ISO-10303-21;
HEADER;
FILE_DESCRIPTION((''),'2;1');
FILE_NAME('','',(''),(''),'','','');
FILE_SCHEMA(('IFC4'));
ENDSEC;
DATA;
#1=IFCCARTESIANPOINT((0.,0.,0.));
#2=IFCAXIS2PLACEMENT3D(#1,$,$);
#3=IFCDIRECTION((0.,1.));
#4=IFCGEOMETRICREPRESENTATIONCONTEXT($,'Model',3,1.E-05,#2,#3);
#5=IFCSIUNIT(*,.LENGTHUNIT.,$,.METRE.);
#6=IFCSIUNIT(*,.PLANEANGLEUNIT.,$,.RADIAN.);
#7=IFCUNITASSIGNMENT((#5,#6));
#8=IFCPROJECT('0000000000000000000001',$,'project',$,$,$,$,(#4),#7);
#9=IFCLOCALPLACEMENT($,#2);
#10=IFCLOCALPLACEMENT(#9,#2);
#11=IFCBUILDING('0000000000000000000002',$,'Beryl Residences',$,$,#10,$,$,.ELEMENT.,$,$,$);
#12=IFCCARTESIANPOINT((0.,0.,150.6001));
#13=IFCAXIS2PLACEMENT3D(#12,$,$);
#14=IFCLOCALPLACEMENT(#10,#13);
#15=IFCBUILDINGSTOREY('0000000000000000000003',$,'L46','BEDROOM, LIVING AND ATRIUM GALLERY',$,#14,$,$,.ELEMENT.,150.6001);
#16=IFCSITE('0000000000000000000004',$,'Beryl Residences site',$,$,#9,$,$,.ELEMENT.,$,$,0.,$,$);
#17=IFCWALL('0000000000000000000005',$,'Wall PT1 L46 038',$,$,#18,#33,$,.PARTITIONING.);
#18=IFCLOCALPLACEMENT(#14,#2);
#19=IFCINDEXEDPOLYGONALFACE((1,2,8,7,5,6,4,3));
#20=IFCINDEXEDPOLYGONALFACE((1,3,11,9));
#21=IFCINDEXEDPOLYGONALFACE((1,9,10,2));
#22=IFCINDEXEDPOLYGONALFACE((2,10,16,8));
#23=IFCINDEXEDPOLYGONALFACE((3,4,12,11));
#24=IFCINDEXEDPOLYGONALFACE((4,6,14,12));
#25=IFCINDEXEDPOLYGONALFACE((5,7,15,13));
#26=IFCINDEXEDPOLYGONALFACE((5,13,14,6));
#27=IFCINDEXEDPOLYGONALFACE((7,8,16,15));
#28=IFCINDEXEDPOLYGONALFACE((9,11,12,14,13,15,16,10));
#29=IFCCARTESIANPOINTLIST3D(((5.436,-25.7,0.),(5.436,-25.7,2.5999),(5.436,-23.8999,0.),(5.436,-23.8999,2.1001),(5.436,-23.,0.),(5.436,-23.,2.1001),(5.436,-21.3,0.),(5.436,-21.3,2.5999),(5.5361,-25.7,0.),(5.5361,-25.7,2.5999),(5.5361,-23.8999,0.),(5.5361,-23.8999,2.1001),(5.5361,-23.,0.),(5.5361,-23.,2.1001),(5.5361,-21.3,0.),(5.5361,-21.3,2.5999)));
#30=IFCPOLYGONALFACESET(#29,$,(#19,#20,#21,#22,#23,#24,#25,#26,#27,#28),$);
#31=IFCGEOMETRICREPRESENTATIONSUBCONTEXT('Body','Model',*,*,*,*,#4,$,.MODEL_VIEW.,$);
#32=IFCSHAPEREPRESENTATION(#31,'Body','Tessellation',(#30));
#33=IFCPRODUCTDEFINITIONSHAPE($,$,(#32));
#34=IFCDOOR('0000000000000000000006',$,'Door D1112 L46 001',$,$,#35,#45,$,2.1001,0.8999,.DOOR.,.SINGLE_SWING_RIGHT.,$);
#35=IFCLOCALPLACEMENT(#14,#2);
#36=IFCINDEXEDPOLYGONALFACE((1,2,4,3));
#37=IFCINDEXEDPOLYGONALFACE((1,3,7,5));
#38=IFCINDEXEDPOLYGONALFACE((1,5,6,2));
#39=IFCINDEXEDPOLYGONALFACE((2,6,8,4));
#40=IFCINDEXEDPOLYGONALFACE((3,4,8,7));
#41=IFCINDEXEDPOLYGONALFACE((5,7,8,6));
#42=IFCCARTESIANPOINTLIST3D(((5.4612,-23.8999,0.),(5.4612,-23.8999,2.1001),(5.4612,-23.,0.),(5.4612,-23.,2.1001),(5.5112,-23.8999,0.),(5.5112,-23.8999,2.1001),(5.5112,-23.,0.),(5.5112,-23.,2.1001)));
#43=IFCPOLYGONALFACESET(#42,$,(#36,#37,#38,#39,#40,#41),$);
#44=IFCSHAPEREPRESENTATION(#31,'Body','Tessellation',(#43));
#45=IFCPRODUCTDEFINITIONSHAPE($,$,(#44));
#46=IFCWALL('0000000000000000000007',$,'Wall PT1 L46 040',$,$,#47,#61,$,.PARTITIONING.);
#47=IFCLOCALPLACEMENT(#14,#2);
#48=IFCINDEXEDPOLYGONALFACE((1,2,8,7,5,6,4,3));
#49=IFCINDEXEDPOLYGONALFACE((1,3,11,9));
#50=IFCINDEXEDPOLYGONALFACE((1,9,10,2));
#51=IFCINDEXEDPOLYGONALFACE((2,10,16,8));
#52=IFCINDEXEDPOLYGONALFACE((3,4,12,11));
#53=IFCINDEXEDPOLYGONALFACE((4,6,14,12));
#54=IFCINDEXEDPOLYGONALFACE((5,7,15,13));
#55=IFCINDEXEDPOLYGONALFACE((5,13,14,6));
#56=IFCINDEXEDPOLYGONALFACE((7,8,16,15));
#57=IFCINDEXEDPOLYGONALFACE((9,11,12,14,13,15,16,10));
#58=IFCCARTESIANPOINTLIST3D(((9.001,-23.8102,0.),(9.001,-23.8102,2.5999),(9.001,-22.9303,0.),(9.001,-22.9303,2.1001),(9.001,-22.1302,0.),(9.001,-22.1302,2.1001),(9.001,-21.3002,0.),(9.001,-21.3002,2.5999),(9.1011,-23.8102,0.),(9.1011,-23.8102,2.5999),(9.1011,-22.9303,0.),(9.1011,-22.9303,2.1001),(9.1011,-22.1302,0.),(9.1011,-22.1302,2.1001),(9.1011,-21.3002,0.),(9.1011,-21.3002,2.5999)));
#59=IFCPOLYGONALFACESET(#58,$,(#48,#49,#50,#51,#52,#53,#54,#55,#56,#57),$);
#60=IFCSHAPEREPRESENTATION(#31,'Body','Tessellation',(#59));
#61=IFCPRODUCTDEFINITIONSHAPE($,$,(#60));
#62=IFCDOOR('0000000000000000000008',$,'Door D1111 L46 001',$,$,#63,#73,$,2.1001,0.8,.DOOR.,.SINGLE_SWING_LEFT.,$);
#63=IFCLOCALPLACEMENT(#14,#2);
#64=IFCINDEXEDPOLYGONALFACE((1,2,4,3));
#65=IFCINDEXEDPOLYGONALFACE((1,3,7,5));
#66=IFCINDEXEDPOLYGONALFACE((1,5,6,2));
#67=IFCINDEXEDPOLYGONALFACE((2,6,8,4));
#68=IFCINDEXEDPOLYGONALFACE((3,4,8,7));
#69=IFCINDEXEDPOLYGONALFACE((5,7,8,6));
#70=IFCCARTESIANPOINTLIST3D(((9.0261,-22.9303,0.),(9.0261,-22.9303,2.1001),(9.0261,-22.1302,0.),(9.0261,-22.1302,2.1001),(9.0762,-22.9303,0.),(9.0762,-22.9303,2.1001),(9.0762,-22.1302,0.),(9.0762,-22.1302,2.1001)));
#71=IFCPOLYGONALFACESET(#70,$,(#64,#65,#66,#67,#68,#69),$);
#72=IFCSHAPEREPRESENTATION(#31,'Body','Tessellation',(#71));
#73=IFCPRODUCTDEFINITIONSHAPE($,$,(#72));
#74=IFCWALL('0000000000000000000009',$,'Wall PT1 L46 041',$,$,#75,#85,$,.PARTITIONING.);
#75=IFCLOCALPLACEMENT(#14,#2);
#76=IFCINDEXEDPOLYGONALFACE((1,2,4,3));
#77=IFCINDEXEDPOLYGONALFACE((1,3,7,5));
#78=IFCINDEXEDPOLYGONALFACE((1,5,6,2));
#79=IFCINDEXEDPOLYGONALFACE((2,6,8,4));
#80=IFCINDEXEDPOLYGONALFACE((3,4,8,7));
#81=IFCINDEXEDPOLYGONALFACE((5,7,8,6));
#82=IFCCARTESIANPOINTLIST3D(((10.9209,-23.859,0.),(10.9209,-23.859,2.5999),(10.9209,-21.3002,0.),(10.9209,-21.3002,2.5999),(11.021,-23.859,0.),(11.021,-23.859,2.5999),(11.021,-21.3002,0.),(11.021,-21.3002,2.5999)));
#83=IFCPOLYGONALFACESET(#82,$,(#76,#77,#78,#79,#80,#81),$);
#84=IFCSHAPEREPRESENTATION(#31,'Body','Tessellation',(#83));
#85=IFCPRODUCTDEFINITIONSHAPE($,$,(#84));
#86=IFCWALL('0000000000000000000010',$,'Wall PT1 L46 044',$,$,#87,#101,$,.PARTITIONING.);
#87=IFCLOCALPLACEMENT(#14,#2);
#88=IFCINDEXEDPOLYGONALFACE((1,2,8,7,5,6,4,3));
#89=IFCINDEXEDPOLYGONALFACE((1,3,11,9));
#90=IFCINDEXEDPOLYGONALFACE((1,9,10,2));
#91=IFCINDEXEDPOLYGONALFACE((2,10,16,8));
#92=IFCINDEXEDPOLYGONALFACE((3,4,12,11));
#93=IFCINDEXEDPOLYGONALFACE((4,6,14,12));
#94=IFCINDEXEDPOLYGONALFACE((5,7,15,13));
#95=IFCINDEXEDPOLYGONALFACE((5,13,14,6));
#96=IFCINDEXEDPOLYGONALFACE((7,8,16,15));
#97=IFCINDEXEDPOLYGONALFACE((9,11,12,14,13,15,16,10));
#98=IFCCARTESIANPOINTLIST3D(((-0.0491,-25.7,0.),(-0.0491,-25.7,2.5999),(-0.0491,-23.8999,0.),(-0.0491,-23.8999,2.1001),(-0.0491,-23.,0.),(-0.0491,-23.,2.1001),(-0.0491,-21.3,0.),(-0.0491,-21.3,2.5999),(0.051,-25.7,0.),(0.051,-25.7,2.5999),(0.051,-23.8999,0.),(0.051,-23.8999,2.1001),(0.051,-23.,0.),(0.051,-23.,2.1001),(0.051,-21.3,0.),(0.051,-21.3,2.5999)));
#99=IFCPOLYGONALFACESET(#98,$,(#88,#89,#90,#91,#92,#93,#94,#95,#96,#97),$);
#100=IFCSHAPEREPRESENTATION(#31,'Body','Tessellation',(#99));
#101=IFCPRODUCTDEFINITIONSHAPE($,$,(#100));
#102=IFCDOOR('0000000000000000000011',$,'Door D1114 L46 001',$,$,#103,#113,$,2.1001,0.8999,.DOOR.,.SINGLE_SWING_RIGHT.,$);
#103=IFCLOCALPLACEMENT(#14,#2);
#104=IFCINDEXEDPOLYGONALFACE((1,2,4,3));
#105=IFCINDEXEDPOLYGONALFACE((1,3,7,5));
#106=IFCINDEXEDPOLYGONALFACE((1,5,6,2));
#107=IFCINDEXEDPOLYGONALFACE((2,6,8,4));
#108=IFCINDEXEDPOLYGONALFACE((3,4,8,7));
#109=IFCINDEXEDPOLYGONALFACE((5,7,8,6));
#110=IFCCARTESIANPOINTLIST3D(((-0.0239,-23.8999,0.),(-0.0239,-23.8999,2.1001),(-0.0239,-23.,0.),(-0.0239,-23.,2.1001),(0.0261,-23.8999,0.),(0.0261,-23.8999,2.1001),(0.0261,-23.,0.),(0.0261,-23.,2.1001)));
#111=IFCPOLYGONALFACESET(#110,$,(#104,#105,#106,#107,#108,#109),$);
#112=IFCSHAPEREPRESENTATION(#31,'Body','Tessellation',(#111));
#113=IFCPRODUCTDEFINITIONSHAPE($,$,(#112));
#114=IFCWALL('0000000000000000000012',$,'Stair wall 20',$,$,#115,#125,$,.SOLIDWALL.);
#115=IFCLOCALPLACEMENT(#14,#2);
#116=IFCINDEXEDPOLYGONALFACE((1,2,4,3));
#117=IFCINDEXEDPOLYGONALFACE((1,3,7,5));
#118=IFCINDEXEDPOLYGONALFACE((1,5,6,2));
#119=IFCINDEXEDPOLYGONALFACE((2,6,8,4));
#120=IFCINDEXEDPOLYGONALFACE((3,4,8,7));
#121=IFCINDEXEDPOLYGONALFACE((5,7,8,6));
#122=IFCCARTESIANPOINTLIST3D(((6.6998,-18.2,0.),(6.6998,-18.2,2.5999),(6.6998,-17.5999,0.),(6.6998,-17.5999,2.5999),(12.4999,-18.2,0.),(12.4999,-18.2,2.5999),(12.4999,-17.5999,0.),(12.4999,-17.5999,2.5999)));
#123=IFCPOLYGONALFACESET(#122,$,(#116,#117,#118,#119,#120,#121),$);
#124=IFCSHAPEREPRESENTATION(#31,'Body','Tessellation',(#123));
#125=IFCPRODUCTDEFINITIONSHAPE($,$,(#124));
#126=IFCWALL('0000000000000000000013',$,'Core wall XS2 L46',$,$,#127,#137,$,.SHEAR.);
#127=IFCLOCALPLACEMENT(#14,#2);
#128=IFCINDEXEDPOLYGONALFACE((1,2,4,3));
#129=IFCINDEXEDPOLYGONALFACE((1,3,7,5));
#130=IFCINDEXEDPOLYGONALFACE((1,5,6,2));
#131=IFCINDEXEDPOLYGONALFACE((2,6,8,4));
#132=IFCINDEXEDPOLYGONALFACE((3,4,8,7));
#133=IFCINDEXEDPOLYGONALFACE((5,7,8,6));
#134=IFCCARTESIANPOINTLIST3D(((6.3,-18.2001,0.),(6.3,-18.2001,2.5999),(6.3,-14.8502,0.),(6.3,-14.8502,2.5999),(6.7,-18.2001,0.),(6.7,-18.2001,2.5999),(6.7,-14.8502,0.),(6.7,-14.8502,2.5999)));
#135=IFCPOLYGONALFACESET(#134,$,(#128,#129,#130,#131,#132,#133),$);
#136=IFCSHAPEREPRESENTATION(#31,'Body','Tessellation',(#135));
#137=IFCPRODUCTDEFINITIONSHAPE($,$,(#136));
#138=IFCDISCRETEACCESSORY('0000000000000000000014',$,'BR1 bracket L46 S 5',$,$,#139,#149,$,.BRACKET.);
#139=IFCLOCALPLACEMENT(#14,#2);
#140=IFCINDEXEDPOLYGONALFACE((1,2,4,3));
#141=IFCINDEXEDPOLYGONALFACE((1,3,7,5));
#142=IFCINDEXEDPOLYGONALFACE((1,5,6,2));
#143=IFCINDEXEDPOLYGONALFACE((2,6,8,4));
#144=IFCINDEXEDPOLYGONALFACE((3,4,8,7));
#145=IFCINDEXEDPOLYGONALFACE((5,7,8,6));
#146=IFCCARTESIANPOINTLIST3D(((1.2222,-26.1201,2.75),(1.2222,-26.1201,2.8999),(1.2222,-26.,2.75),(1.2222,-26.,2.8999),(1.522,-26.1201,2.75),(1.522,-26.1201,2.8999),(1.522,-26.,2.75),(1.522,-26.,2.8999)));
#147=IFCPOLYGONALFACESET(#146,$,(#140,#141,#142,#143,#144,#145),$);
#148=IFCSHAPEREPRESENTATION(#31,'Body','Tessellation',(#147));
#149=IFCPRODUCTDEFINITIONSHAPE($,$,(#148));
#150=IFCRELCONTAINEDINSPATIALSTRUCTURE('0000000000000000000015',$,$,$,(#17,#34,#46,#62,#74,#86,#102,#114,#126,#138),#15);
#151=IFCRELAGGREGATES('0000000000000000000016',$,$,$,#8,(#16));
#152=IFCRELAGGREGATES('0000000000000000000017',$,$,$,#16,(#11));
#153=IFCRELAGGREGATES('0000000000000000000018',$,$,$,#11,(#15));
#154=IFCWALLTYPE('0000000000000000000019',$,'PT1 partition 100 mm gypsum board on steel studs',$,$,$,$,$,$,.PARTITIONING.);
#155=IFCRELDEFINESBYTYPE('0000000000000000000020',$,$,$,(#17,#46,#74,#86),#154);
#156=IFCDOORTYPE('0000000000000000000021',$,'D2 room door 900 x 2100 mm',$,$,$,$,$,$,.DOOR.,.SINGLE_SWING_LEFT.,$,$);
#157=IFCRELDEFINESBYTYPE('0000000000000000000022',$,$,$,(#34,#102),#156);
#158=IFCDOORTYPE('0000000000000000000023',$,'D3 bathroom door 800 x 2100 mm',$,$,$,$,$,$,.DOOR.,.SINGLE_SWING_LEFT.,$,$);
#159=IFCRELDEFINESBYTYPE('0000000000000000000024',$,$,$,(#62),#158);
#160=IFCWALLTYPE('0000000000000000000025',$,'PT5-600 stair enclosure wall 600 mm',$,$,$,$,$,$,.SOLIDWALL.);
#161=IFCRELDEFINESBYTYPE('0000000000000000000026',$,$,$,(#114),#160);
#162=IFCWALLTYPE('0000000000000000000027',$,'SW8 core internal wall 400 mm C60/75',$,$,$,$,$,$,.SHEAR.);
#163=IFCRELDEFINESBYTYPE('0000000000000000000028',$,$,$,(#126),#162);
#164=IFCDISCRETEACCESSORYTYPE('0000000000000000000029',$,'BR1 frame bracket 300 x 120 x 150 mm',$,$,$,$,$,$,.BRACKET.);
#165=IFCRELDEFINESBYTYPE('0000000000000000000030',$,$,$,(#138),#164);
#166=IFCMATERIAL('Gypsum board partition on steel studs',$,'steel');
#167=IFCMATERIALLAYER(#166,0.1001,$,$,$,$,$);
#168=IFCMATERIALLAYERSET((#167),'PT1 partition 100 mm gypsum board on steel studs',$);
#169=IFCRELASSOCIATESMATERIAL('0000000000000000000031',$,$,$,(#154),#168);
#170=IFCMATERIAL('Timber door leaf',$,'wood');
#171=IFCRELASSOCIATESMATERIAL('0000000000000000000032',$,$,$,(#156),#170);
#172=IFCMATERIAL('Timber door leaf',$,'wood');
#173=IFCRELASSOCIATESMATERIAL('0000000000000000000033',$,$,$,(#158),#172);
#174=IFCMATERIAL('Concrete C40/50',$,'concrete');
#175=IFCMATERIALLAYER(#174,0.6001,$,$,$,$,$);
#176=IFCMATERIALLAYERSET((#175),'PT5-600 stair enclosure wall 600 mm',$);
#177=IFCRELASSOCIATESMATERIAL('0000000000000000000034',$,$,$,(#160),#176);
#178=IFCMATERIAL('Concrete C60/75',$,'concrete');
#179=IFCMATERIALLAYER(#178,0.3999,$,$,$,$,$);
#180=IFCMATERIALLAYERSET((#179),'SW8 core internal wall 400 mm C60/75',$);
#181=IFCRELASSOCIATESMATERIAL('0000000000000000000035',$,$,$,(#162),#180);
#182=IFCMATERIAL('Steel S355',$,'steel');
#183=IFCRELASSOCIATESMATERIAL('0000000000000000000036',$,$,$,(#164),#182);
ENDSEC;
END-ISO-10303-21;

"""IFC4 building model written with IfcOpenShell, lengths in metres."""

from ifc_helpers import new_model, si_unit, direction, frame, frame_2d, origin, place, context, subcontext, project, spatial, polyline, rectangle, outline, extrude, source, transform, mapped, material, layer, layer_set, type_object, type_shapes, element, fill, save


model = new_model("IFC4")

# Units and contexts
model_context = context("Model", 3, precision=1e-05, world=origin(), true_north=direction((0.0, 1.0)))
body_context = subcontext(model_context, "Body", "Model", "MODEL_VIEW")
ifc_project = project(units=[si_unit("LENGTHUNIT", "METRE"), si_unit("PLANEANGLEUNIT", "RADIAN")], contexts=[model_context])

# Site, building, storey
site_placement = place(None, origin())
site = spatial("IfcSite", under=ifc_project, at=site_placement, Name="Beryl Residences site", CompositionType="ELEMENT", RefElevation=0.0)
building_placement = place(site_placement, origin())
building = spatial("IfcBuilding", under=site, at=building_placement, Name="Beryl Residences", CompositionType="ELEMENT")
storey_placement = place(building_placement, frame((0.0, 0.0, 150.6001)))
storey = spatial("IfcBuildingStorey", under=building, at=storey_placement, Name="L46", Description="BEDROOM, LIVING AND ATRIUM GALLERY", CompositionType="ELEMENT", Elevation=150.6001)

# Shared definitions
ifc_material_1 = material(Name="Gypsum board partition on steel studs", Category="steel")
ifc_layer_1 = layer(ifc_material_1, 0.1001)
ifc_layer_set_1 = layer_set([ifc_layer_1], Name="PT1 partition 100 mm gypsum board on steel studs")
wall_type_1 = type_object("IfcWallType", Name="PT1 partition 100 mm gypsum board on steel studs", PredefinedType="PARTITIONING", material=ifc_layer_set_1)
ifc_material_2 = material(Name="Timber door leaf", Category="wood")
door_type_1 = type_object("IfcDoorType", Name="D2 room door 900 x 2100 mm", OperationType="SINGLE_SWING_LEFT", PredefinedType="DOOR", material=ifc_material_2)

# Walls, openings, doors
wall_1_placement = place(storey_placement, frame((5.4861, -25.7, 0.0), z_axis=(0.0, 0.0, 1.0), x_axis=(0.0, 1.0, 0.0)))
wall_1 = element("IfcWall", 1, at=wall_1_placement, inside=storey, type_object=wall_type_1, Name="Wall PT1 L46 038", PredefinedType="PARTITIONING", context=body_context, shape_type="SweptSolid", body=[
    extrude(rectangle(XDim=4.3999, YDim=0.1001, at=frame_2d((2.2, 0.0))), origin(), (0.0, 0.0, 1.0), 2.5999),
])
opening_1_placement = place(wall_1_placement, frame((1.8, 0.0, 0.0)))
opening_1 = element("IfcOpeningElement", 2, at=opening_1_placement, cuts=wall_1, PredefinedType="OPENING", context=body_context, shape_type="SweptSolid", body=[
    extrude(rectangle(XDim=0.8999, YDim=2.1001, at=frame_2d((0.45, 1.05))), frame((0.0, 0.0601, 0.0), z_axis=(0.0, -1.0, 0.0), x_axis=(1.0, 0.0, 0.0)), (0.0, 0.0, 1.0), 0.1201),
])
door_1_placement = place(opening_1_placement, origin())
door_1 = element("IfcDoor", 3, at=door_1_placement, inside=storey, type_object=door_type_1, Name="Door D1112 L46 001", OperationType="SINGLE_SWING_RIGHT", OverallHeight=2.1001, OverallWidth=0.8999, PredefinedType="DOOR", context=body_context, shape_type="SweptSolid", body=[
    extrude(rectangle(XDim=0.8999, YDim=2.1001, at=frame_2d((0.45, 1.05))), frame((0.0, 0.0249, 0.0), z_axis=(0.0, -1.0, 0.0), x_axis=(1.0, 0.0, 0.0)), (0.0, 0.0, 1.0), 0.05),
])
fill(opening_1, door_1)
wall_2_placement = place(storey_placement, frame((9.051, -23.8101, 0.0), z_axis=(0.0, 0.0, 1.0), x_axis=(0.0, 1.0, 0.0)))
wall_2 = element("IfcWall", 4, at=wall_2_placement, inside=storey, type_object=wall_type_1, Name="Wall PT1 L46 040", PredefinedType="PARTITIONING", context=body_context, shape_type="SweptSolid", body=[
    extrude(rectangle(XDim=2.51, YDim=0.1001, at=frame_2d((1.2549, 0.0))), origin(), (0.0, 0.0, 1.0), 2.5999),
])
opening_2_placement = place(wall_2_placement, frame((0.8799, 0.0, 0.0)))
opening_2 = element("IfcOpeningElement", 5, at=opening_2_placement, cuts=wall_2, PredefinedType="OPENING", context=body_context, shape_type="SweptSolid", body=[
    extrude(rectangle(XDim=0.8, YDim=2.1001, at=frame_2d((0.3999, 1.05))), frame((0.0, 0.0601, 0.0), z_axis=(0.0, -1.0, 0.0), x_axis=(1.0, 0.0, 0.0)), (0.0, 0.0, 1.0), 0.1201),
])
ifc_material_3 = material(Name="Timber door leaf", Category="wood")
door_type_2 = type_object("IfcDoorType", Name="D3 bathroom door 800 x 2100 mm", OperationType="SINGLE_SWING_LEFT", PredefinedType="DOOR", material=ifc_material_3)
door_2_placement = place(opening_2_placement, origin())
door_2 = element("IfcDoor", 6, at=door_2_placement, inside=storey, type_object=door_type_2, Name="Door D1111 L46 001", OperationType="SINGLE_SWING_LEFT", OverallHeight=2.1001, OverallWidth=0.8, PredefinedType="DOOR", context=body_context, shape_type="SweptSolid", body=[
    extrude(rectangle(XDim=0.8, YDim=2.1001, at=frame_2d((0.3999, 1.05))), frame((0.0, 0.0249, 0.0), z_axis=(0.0, -1.0, 0.0), x_axis=(1.0, 0.0, 0.0)), (0.0, 0.0, 1.0), 0.05),
])
fill(opening_2, door_2)

# Wall
wall_3_placement = place(storey_placement, frame((10.9709, -23.8589, 0.0), z_axis=(0.0, 0.0, 1.0), x_axis=(0.0, 1.0, 0.0)))
element("IfcWall", 7, at=wall_3_placement, inside=storey, type_object=wall_type_1, Name="Wall PT1 L46 041", PredefinedType="PARTITIONING", context=body_context, shape_type="SweptSolid", body=[
    extrude(rectangle(XDim=2.5588, YDim=0.1001, at=frame_2d((1.2793, 0.0))), origin(), (0.0, 0.0, 1.0), 2.5999),
])

# Wall, opening, door
wall_4_placement = place(storey_placement, frame((0.001, -25.7, 0.0), z_axis=(0.0, 0.0, 1.0), x_axis=(0.0, 1.0, 0.0)))
wall_4 = element("IfcWall", 8, at=wall_4_placement, inside=storey, type_object=wall_type_1, Name="Wall PT1 L46 044", PredefinedType="PARTITIONING", context=body_context, shape_type="SweptSolid", body=[
    extrude(rectangle(XDim=4.3999, YDim=0.1001, at=frame_2d((2.2, 0.0))), origin(), (0.0, 0.0, 1.0), 2.5999),
])
opening_3_placement = place(wall_4_placement, frame((1.8, 0.0, 0.0)))
opening_3 = element("IfcOpeningElement", 9, at=opening_3_placement, cuts=wall_4, PredefinedType="OPENING", context=body_context, shape_type="SweptSolid", body=[
    extrude(rectangle(XDim=0.8999, YDim=2.1001, at=frame_2d((0.45, 1.05))), frame((0.0, 0.0601, 0.0), z_axis=(0.0, -1.0, 0.0), x_axis=(1.0, 0.0, 0.0)), (0.0, 0.0, 1.0), 0.1201),
])
door_3_placement = place(opening_3_placement, origin())
door_3 = element("IfcDoor", 10, at=door_3_placement, inside=storey, type_object=door_type_1, Name="Door D1114 L46 001", OperationType="SINGLE_SWING_RIGHT", OverallHeight=2.1001, OverallWidth=0.8999, PredefinedType="DOOR", context=body_context, shape_type="SweptSolid", body=[
    extrude(rectangle(XDim=0.8999, YDim=2.1001, at=frame_2d((0.45, 1.05))), frame((0.0, 0.0249, 0.0), z_axis=(0.0, -1.0, 0.0), x_axis=(1.0, 0.0, 0.0)), (0.0, 0.0, 1.0), 0.05),
])
fill(opening_3, door_3)

# Walls
ifc_material_4 = material(Name="Concrete C40/50", Category="concrete")
ifc_layer_2 = layer(ifc_material_4, 0.6001)
ifc_layer_set_2 = layer_set([ifc_layer_2], Name="PT5-600 stair enclosure wall 600 mm")
wall_type_2 = type_object("IfcWallType", Name="PT5-600 stair enclosure wall 600 mm", PredefinedType="SOLIDWALL", material=ifc_layer_set_2)
wall_5_placement = place(storey_placement, frame((6.7, -17.8999, 0.0), z_axis=(0.0, 0.0, 1.0), x_axis=(1.0, 0.0, 0.0)))
element("IfcWall", 11, at=wall_5_placement, inside=storey, type_object=wall_type_2, Name="Stair wall 20", PredefinedType="SOLIDWALL", context=body_context, shape_type="SweptSolid", body=[
    extrude(rectangle(XDim=5.8, YDim=0.6001, at=frame_2d((2.8999, 0.0))), origin(), (0.0, 0.0, 1.0), 2.5999),
])
ifc_material_5 = material(Name="Concrete C60/75", Category="concrete")
ifc_layer_3 = layer(ifc_material_5, 0.3999)
ifc_layer_set_3 = layer_set([ifc_layer_3], Name="SW8 core internal wall 400 mm C60/75")
wall_type_3 = type_object("IfcWallType", Name="SW8 core internal wall 400 mm C60/75", PredefinedType="SHEAR", material=ifc_layer_set_3)
wall_6_placement = place(storey_placement, frame((6.5, -18.2, 0.0), z_axis=(0.0, 0.0, 1.0), x_axis=(0.0, 1.0, 0.0)))
element("IfcWall", 12, at=wall_6_placement, inside=storey, type_object=wall_type_3, Name="Core wall XS2 L46", PredefinedType="SHEAR", context=body_context, shape_type="SweptSolid", body=[
    extrude(rectangle(XDim=3.3499, YDim=0.3999, at=frame_2d((1.6748, 0.0))), origin(), (0.0, 0.0, 1.0), 2.5999),
])

# Discrete accessory
ifc_material_6 = material(Name="Steel S355", Category="steel")
discrete_accessory_type = type_object("IfcDiscreteAccessoryType", Name="BR1 frame bracket 300 x 120 x 150 mm", PredefinedType="BRACKET", material=ifc_material_6)
shared_shape_1 = source(origin(), body_context, "Body", "SweptSolid", [
    extrude(outline(polyline([(-0.1499, 0.0), (0.1499, 0.0), (0.1499, 0.1201), (-0.1499, 0.1201), (-0.1499, 0.0)])), origin(), (0.0, 0.0, 1.0), 0.1499),
])
type_shapes(discrete_accessory_type, [shared_shape_1])
discrete_accessory_placement = place(storey_placement, frame((1.3721, -26.0, 2.75), z_axis=(0.0, 0.0, 1.0), x_axis=(-1.0, 0.0, 0.0)))
element("IfcDiscreteAccessory", 13, at=discrete_accessory_placement, inside=storey, type_object=discrete_accessory_type, Name="BR1 bracket L46 S 5", PredefinedType="BRACKET", context=body_context, shape_type="MappedRepresentation", body=[
    mapped(shared_shape_1, transform((0.0, 0.0, 0.0))),
])

save(model, "model.ifc")
